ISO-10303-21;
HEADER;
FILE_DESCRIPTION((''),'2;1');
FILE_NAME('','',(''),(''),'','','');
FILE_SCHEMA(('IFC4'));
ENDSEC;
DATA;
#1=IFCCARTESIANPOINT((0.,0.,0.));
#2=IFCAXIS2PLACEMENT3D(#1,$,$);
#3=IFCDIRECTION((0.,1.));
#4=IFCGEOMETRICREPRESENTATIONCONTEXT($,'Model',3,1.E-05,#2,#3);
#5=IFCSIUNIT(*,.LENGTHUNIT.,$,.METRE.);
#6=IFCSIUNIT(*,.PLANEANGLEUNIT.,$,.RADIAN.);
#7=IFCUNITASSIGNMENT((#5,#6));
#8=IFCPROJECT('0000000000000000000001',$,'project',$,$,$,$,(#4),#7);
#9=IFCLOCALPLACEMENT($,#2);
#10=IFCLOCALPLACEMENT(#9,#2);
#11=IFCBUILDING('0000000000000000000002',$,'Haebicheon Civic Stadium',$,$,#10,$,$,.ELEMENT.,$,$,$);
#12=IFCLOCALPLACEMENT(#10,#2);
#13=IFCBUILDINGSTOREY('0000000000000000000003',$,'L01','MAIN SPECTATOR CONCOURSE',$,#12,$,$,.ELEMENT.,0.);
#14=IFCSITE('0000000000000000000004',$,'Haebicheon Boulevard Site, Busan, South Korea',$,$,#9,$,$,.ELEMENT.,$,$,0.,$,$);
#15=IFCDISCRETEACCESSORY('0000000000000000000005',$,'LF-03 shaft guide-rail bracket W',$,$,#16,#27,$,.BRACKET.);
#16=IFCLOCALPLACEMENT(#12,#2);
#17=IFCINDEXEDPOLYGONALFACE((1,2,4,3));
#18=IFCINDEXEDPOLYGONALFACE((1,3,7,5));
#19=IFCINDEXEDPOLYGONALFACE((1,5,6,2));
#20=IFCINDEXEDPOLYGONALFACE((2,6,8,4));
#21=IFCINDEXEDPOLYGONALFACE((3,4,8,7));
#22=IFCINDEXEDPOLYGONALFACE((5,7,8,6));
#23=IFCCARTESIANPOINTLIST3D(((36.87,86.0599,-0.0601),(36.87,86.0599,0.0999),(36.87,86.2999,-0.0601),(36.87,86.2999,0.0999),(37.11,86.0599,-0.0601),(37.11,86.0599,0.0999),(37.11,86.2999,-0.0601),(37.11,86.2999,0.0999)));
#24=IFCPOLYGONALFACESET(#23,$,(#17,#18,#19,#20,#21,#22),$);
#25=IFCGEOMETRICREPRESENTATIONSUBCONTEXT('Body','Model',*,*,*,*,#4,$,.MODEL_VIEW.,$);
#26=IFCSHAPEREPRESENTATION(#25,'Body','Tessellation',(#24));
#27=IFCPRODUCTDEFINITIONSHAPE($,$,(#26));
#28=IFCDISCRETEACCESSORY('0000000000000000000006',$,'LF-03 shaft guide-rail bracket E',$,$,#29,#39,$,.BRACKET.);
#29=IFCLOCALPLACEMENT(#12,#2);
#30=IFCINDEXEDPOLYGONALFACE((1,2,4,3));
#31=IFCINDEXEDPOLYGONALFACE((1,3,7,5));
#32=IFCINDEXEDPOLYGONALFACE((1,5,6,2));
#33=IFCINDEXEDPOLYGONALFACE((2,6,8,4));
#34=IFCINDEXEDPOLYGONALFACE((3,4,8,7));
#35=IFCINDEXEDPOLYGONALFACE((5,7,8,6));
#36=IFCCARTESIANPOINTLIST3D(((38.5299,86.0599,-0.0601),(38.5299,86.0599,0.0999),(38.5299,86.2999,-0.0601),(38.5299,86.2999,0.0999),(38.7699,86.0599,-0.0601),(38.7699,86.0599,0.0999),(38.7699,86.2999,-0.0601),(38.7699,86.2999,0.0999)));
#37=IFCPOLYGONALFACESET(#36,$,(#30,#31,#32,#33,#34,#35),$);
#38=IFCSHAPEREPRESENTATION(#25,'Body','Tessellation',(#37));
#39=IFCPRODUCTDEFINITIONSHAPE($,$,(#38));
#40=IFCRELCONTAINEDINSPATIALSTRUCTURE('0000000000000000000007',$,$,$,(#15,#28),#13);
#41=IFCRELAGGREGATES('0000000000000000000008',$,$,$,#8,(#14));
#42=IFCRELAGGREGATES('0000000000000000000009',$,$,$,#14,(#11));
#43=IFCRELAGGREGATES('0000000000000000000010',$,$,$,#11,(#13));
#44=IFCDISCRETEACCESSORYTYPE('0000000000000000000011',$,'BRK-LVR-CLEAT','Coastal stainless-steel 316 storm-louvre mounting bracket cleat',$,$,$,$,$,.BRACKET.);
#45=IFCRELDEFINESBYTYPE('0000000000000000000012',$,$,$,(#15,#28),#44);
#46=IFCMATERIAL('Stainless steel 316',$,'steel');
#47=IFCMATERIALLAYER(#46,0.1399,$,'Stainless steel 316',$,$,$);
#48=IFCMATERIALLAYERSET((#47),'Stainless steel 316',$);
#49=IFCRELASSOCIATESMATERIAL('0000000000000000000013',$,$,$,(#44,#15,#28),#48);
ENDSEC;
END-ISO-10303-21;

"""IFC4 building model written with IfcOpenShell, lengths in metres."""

from ifc_helpers import new_model, si_unit, direction, frame, origin, origin_2d, place, context, subcontext, project, spatial, rectangle, extrude, material, layer, layer_set, type_object, element, save


model = new_model("IFC4")

# Units and contexts
model_context = context("Model", 3, precision=1e-05, world=origin(), true_north=direction((0.0, 1.0)))
body_context = subcontext(model_context, "Body", "Model", "MODEL_VIEW")
ifc_project = project(units=[si_unit("LENGTHUNIT", "METRE"), si_unit("PLANEANGLEUNIT", "RADIAN")], contexts=[model_context])

# Site, building, storey
site_placement = place(None, origin())
site = spatial("IfcSite", under=ifc_project, at=site_placement, Name="Haebicheon Boulevard Site, Busan, South Korea", CompositionType="ELEMENT", RefElevation=0.0)
building_placement = place(site_placement, origin())
building = spatial("IfcBuilding", under=site, at=building_placement, Name="Haebicheon Civic Stadium", CompositionType="ELEMENT")
storey_placement = place(building_placement, origin())
storey = spatial("IfcBuildingStorey", under=building, at=storey_placement, Name="L01", Description="MAIN SPECTATOR CONCOURSE", CompositionType="ELEMENT", Elevation=0.0)

# Discrete accessories
ifc_material_1 = material(Name="Stainless steel 316", Category="steel")
ifc_layer_1 = layer(ifc_material_1, 0.1399, Name="Stainless steel 316")
ifc_layer_set_1 = layer_set([ifc_layer_1], Name="Stainless steel 316")
discrete_accessory_type = type_object("IfcDiscreteAccessoryType", Name="BRK-LVR-CLEAT", Description="Coastal stainless-steel 316 storm-louvre mounting bracket cleat", PredefinedType="BRACKET", material=ifc_layer_set_1)
for number, where, z_axis, x_axis, name in (
    (1, (36.99, 86.1799, -0.0601), (0.0, 0.0, 1.0), (1.0, 0.0, 0.0), "LF-03 shaft guide-rail bracket W"),
    (2, (38.6499, 86.1799, -0.0601), (0.0, 0.0, 1.0), (1.0, 0.0, 0.0), "LF-03 shaft guide-rail bracket E"),
):
    element("IfcDiscreteAccessory", number, at=place(storey_placement, frame(where, z_axis=z_axis, x_axis=x_axis)), inside=storey, type_object=discrete_accessory_type, material=ifc_layer_set_1, Name=name, PredefinedType="BRACKET", context=body_context, shape_type="SweptSolid", body=[
        extrude(rectangle(XDim=0.24, YDim=0.24, at=origin_2d()), origin(), (0.0, 0.0, 1.0), 0.1599),
    ])

save(model, "model.ifc")
